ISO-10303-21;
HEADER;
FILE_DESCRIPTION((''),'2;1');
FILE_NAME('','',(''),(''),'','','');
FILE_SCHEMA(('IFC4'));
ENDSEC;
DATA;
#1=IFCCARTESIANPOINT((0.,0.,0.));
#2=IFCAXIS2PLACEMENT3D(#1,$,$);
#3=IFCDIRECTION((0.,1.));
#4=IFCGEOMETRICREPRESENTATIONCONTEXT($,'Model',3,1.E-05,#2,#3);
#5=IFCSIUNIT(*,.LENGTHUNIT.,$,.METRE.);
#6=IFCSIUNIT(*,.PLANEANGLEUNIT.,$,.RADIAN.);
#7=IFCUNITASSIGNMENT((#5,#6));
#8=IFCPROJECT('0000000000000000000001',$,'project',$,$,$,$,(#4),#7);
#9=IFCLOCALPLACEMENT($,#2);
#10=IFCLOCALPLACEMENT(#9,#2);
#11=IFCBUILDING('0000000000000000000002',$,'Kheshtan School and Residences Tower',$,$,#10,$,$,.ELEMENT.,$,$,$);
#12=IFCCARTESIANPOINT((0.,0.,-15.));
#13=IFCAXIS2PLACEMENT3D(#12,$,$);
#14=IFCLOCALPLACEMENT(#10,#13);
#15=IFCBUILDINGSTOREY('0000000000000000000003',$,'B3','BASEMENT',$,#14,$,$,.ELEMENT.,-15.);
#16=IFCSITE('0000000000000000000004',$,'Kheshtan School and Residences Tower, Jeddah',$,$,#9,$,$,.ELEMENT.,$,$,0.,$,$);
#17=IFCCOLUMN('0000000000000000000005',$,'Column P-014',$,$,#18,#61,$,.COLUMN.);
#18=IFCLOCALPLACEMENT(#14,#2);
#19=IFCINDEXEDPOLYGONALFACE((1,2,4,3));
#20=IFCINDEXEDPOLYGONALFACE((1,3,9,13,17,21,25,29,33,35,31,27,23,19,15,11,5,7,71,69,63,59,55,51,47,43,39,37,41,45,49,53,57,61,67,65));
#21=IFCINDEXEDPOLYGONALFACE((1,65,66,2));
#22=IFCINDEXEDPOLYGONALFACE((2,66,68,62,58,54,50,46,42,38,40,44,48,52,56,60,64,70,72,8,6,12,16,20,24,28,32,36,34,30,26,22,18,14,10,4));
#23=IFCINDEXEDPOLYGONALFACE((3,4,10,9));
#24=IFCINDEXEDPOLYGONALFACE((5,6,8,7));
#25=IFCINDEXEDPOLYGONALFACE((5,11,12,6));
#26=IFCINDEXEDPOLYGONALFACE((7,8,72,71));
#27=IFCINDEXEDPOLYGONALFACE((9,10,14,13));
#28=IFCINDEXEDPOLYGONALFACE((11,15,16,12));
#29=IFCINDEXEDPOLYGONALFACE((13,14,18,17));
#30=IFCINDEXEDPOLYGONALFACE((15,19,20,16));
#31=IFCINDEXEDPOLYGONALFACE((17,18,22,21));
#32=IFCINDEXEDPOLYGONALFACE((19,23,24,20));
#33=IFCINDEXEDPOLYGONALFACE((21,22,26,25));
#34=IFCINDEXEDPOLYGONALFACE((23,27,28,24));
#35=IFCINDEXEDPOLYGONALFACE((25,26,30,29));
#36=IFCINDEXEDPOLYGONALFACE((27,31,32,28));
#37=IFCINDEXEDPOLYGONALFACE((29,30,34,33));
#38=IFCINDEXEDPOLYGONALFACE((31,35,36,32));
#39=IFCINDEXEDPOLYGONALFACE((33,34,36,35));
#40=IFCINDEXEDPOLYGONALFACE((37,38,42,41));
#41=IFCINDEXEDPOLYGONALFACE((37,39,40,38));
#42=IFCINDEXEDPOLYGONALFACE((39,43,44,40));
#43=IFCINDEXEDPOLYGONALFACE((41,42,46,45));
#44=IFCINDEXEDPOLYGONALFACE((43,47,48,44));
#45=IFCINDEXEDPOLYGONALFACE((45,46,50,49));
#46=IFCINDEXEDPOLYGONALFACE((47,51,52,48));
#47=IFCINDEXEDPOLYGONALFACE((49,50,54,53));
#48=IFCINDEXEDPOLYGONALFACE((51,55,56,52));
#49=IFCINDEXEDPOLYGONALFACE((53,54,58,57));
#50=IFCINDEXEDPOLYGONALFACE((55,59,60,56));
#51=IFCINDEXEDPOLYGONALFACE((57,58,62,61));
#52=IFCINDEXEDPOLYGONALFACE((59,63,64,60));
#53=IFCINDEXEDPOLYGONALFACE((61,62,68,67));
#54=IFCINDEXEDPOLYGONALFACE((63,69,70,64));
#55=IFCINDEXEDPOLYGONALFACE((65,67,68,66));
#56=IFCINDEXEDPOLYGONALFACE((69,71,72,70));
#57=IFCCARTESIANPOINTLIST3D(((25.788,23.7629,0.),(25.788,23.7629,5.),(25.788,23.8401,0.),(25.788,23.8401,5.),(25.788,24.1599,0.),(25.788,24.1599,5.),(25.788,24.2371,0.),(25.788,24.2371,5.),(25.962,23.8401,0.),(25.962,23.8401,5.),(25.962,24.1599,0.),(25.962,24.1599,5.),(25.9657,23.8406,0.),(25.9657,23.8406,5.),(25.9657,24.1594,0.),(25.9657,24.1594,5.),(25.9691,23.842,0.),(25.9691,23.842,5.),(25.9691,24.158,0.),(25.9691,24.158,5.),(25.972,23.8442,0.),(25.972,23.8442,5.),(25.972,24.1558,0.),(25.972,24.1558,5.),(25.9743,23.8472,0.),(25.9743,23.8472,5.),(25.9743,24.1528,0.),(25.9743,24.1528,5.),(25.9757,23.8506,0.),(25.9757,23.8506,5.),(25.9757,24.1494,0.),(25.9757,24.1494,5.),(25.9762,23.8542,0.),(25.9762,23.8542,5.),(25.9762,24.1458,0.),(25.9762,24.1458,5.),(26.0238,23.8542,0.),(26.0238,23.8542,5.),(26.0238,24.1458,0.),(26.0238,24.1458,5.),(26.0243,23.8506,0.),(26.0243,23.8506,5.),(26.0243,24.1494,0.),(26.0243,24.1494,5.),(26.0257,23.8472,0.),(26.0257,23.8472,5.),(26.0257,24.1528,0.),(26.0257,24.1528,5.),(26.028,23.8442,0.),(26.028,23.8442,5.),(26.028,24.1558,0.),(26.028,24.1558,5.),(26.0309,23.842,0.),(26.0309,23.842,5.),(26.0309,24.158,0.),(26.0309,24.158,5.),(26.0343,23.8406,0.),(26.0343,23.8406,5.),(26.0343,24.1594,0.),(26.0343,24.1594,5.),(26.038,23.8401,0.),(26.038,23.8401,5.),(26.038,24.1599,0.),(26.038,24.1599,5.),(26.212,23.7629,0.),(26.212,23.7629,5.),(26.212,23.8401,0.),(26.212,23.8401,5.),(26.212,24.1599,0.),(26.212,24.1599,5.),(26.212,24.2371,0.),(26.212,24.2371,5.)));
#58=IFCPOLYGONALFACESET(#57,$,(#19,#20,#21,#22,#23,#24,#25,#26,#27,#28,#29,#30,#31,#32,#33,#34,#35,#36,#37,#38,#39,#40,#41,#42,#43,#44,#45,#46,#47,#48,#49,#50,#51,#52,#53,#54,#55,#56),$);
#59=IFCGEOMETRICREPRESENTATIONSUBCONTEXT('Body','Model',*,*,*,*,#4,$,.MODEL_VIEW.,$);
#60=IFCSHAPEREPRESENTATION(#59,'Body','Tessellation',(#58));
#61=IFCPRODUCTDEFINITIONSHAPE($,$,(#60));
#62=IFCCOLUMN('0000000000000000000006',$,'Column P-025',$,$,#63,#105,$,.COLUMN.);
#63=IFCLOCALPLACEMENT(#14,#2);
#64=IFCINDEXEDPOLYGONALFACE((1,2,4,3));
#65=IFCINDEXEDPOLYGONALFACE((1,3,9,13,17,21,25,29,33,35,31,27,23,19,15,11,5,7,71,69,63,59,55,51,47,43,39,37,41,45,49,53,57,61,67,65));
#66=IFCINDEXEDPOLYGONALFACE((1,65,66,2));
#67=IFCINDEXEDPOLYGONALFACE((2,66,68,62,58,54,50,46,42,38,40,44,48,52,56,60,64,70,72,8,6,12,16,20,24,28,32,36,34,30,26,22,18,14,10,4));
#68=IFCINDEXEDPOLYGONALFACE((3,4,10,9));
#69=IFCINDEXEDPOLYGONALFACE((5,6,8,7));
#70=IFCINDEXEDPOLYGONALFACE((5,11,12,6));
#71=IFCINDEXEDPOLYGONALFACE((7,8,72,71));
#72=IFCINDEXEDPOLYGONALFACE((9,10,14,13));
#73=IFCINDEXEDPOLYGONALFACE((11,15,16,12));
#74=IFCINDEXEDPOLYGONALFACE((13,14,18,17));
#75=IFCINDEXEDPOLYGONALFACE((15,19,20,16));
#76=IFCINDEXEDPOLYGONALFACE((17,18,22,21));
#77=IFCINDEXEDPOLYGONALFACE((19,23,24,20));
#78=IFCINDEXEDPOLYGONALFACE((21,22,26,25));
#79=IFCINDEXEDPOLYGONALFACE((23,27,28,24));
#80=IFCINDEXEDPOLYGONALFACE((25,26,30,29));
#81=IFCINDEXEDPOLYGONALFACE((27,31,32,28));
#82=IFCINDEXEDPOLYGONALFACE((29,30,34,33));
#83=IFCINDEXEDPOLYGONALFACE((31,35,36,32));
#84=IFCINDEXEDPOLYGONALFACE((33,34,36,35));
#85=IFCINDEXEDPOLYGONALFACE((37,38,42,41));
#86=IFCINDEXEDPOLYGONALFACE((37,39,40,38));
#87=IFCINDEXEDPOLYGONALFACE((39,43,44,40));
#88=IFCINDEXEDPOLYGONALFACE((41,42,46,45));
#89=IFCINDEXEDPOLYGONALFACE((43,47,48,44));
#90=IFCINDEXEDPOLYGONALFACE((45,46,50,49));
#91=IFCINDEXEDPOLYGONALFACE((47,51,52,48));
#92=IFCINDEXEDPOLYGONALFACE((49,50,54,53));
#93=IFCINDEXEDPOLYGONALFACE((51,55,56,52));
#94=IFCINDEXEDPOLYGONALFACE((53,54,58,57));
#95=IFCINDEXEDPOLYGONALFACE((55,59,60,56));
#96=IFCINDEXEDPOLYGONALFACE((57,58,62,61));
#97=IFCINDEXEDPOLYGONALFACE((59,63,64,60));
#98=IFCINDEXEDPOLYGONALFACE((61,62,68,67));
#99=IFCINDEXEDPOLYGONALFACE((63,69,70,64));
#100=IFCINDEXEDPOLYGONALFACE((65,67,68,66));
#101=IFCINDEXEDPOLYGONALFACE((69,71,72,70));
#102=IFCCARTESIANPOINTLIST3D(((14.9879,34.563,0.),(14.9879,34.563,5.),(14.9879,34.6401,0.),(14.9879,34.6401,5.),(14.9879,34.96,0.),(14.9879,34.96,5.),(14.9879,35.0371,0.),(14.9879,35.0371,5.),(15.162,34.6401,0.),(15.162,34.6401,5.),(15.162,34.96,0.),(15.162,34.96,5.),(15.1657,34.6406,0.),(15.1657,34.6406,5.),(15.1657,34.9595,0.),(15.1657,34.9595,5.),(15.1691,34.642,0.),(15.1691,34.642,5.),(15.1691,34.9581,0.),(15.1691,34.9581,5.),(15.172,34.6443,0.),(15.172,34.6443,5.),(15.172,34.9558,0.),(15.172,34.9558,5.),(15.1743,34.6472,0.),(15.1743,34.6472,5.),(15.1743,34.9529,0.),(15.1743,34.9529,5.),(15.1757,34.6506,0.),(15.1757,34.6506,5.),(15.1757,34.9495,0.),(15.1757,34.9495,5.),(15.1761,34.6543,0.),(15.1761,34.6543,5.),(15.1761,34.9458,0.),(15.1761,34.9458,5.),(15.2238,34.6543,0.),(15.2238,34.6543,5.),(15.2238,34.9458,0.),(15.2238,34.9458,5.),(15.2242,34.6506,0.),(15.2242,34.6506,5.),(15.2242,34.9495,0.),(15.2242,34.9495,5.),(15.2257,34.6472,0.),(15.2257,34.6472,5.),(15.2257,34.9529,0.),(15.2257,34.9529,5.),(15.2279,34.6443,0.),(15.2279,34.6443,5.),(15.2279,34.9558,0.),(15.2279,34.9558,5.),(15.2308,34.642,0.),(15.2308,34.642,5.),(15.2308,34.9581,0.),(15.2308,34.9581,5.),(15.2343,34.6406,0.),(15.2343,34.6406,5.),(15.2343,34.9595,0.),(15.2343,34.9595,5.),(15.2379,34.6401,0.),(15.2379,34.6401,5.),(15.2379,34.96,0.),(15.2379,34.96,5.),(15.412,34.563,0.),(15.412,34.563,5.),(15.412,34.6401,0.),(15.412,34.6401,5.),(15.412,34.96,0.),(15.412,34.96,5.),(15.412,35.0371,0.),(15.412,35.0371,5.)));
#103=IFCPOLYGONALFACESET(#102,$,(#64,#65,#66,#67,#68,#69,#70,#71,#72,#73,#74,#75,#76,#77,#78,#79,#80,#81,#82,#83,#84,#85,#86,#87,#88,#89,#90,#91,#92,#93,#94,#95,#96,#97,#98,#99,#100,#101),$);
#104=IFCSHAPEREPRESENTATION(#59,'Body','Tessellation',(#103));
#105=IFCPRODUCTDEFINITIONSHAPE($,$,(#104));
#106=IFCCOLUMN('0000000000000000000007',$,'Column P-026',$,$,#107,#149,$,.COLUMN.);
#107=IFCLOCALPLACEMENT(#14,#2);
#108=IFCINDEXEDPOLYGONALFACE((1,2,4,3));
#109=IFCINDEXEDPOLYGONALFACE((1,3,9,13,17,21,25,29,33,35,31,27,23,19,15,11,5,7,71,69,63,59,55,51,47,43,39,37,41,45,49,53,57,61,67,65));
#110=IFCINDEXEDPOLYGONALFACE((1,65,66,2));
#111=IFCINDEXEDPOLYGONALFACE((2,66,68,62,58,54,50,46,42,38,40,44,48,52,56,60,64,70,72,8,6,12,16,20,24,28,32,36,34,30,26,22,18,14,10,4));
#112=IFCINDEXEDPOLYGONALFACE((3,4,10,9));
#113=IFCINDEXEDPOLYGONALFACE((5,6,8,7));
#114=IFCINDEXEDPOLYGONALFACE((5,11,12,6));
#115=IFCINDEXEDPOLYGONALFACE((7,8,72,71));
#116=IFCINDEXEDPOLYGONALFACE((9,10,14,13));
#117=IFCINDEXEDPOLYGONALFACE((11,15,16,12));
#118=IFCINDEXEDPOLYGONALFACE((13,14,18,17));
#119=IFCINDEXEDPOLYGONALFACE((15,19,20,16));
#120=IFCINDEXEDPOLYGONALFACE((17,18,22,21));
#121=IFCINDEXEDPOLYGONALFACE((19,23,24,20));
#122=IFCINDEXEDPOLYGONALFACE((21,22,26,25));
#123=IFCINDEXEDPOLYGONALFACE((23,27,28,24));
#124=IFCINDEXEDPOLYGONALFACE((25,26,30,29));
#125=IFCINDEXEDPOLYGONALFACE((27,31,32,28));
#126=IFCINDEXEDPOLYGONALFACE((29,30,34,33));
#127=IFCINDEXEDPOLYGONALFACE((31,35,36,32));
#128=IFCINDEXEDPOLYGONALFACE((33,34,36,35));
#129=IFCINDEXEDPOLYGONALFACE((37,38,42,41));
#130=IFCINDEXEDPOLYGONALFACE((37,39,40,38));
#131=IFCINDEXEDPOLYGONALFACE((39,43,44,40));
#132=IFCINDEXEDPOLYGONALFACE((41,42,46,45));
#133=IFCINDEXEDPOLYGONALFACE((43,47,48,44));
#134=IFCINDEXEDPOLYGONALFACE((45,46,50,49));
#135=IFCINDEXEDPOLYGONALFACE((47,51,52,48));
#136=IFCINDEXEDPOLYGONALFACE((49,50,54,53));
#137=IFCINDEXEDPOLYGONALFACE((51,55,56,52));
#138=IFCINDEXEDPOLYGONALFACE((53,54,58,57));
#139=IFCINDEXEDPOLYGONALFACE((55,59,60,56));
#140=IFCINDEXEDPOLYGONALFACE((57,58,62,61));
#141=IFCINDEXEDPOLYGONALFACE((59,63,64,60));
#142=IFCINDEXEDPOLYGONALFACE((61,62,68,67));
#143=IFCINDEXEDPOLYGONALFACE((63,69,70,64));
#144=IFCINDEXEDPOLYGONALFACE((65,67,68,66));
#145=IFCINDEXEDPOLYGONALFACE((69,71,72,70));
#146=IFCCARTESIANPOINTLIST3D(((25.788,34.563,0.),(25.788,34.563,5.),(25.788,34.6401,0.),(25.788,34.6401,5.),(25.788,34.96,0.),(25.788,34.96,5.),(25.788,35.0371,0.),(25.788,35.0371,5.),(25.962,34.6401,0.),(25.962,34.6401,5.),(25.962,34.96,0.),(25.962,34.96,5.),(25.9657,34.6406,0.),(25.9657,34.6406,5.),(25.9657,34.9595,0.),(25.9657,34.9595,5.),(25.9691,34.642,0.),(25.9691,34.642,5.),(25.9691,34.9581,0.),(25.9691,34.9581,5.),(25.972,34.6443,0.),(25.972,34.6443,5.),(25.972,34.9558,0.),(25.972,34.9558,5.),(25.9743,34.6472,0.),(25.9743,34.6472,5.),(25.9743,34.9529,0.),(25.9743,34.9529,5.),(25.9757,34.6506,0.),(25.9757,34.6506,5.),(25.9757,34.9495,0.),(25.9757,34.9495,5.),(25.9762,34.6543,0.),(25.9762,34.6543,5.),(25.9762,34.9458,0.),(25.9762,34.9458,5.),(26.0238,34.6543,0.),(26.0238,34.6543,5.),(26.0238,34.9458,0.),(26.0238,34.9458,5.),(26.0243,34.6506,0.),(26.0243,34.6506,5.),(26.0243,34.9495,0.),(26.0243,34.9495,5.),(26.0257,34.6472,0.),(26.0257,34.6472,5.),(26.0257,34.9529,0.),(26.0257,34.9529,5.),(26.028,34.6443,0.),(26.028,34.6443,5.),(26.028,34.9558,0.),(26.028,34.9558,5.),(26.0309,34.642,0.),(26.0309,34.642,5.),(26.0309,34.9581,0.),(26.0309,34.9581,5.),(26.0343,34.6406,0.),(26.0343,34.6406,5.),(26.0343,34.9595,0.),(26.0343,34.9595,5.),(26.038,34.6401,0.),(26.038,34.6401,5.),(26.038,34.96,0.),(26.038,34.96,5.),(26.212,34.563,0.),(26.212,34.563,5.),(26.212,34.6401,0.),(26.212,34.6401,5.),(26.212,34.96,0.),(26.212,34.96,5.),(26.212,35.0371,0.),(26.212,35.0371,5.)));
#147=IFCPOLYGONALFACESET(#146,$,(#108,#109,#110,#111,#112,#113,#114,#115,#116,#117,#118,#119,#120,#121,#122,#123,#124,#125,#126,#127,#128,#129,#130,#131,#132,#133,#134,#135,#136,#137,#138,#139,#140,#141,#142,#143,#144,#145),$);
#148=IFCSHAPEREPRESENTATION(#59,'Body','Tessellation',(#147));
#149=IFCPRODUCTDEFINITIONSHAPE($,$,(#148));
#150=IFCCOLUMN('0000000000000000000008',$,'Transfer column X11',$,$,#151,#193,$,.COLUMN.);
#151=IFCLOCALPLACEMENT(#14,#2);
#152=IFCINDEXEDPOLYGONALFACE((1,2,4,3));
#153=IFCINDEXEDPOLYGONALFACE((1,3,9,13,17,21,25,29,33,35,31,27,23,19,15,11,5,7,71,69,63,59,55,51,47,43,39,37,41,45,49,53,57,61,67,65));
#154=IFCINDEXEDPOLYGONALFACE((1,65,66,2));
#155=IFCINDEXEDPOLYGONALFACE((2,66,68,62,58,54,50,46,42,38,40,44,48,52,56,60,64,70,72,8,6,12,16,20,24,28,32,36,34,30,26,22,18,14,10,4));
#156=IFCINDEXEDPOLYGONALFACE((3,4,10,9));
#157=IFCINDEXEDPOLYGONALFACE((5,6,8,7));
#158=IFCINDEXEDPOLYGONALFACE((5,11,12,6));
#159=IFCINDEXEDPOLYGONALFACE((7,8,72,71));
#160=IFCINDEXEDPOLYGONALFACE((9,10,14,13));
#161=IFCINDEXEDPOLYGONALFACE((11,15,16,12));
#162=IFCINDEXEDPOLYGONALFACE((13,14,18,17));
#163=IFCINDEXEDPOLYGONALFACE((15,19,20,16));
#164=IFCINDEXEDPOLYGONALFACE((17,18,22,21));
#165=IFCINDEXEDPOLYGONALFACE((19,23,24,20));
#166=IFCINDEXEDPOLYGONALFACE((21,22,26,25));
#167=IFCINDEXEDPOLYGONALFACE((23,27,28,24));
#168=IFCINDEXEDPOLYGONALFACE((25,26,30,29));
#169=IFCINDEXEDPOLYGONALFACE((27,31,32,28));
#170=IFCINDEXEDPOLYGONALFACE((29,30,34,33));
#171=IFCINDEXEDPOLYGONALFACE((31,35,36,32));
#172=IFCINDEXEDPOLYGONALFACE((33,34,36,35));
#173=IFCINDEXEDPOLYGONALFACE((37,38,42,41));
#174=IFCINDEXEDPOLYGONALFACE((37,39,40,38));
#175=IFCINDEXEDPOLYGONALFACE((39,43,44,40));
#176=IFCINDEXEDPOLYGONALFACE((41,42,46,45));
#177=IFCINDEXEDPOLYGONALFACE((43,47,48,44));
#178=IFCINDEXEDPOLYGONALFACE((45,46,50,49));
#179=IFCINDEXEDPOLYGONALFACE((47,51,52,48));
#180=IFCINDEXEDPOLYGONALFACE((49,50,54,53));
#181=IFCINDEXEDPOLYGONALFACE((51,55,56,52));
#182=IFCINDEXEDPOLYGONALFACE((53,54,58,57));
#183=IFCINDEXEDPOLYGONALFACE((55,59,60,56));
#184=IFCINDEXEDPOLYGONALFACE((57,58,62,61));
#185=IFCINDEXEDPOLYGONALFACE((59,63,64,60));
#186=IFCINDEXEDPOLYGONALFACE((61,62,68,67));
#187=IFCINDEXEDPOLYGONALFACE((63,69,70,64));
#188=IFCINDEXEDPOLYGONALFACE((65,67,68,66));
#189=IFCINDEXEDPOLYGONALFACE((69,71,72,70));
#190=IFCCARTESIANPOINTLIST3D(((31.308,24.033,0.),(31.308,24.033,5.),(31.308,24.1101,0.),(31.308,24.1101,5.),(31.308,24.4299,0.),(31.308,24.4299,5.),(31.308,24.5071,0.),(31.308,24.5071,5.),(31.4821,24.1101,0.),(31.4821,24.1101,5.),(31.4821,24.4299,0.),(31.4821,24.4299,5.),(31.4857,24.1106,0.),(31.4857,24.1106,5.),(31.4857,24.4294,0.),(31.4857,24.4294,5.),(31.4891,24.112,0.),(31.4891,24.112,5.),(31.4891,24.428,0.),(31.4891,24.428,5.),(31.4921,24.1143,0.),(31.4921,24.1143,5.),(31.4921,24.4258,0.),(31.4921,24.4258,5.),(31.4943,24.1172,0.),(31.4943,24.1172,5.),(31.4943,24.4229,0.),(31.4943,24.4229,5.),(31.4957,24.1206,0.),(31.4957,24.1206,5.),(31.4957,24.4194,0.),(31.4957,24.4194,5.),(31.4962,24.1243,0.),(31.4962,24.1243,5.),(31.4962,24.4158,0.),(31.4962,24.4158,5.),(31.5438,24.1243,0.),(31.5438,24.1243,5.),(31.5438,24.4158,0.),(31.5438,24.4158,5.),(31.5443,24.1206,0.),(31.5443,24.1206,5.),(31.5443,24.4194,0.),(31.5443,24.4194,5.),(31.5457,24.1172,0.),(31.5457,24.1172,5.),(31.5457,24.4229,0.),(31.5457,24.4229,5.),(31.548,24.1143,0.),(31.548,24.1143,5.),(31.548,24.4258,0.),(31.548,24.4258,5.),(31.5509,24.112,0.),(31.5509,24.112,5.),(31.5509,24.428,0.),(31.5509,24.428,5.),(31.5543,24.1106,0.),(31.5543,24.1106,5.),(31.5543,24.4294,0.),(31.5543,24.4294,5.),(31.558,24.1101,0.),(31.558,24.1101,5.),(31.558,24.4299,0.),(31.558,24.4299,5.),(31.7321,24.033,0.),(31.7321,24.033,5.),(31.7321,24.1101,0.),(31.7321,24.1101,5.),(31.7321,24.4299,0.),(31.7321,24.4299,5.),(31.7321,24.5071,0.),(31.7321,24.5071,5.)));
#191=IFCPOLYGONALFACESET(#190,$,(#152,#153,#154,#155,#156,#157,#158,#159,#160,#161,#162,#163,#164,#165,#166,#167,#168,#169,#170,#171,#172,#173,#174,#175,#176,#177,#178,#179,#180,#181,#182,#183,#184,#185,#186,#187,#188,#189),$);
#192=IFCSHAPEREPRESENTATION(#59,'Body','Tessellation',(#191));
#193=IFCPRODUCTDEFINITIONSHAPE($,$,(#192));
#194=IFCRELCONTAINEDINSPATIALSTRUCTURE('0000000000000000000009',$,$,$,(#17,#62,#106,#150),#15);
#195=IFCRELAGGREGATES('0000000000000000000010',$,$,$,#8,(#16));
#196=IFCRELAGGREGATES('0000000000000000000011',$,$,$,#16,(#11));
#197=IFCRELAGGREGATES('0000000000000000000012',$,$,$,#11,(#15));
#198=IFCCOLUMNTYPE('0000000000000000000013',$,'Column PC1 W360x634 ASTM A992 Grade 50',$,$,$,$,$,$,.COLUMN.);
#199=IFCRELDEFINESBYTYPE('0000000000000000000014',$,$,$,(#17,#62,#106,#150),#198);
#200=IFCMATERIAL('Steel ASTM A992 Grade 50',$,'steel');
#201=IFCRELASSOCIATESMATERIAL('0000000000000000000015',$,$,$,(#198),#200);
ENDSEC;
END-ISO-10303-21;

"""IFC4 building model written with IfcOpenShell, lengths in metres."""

from ifc_helpers import new_model, si_unit, direction, frame, origin, origin_2d, place, context, subcontext, project, spatial, i_section, extrude, material, material_profile, profile_set, type_object, element, save


model = new_model("IFC4")

# Units and contexts
model_context = context("Model", 3, precision=1e-05, world=origin(), true_north=direction((0.0, 1.0)))
body_context = subcontext(model_context, "Body", "Model", "MODEL_VIEW")
ifc_project = project(units=[si_unit("LENGTHUNIT", "METRE"), si_unit("PLANEANGLEUNIT", "RADIAN")], contexts=[model_context])

# Site, building, storey
site_placement = place(None, origin())
site = spatial("IfcSite", under=ifc_project, at=site_placement, Name="Kheshtan School and Residences Tower, Jeddah", CompositionType="ELEMENT", RefElevation=0.0)
building_placement = place(site_placement, origin())
building = spatial("IfcBuilding", under=site, at=building_placement, Name="Kheshtan School and Residences Tower", CompositionType="ELEMENT")
storey_placement = place(building_placement, frame((0.0, 0.0, -15.0)))
storey = spatial("IfcBuildingStorey", under=building, at=storey_placement, Name="B3", Description="BASEMENT", CompositionType="ELEMENT", Elevation=-15.0)

# Columns
ifc_material_1 = material(Name="Steel ASTM A992 Grade 50", Category="steel")
ifc_material_profile_1 = material_profile(ifc_material_1, i_section(OverallWidth=0.4241, OverallDepth=0.4741, WebThickness=0.0476, FlangeThickness=0.0771, FilletRadius=0.0142, at=origin_2d()), Name="W360x634")
ifc_profile_set_1 = profile_set([ifc_material_profile_1], Name="Steel ASTM A992 Grade 50")
column_type = type_object("IfcColumnType", Name="Column PC1 W360x634 ASTM A992 Grade 50", PredefinedType="COLUMN", material=ifc_profile_set_1)
for number, where, z_axis, x_axis, name in (
    (1, (26.0, 24.0, 0.0), (0.0, 0.0, 1.0), (1.0, 0.0, 0.0), "Column P-014"),
    (2, (15.2, 34.8, 0.0), (0.0, 0.0, 1.0), (1.0, 0.0, 0.0), "Column P-025"),
    (3, (26.0, 34.8, 0.0), (0.0, 0.0, 1.0), (1.0, 0.0, 0.0), "Column P-026"),
    (4, (31.52, 24.27, 0.0), (0.0, 0.0, 1.0), (1.0, 0.0, 0.0), "Transfer column X11"),
):
    element("IfcColumn", number, at=place(storey_placement, frame(where, z_axis=z_axis, x_axis=x_axis)), inside=storey, type_object=column_type, Name=name, PredefinedType="COLUMN", context=body_context, shape_type="SweptSolid", body=[
        extrude(i_section(OverallWidth=0.4241, OverallDepth=0.4741, WebThickness=0.0476, FlangeThickness=0.0771, FilletRadius=0.0142, at=origin_2d()), origin(), (0.0, 0.0, 1.0), 5.0),
    ])

save(model, "model.ifc")
